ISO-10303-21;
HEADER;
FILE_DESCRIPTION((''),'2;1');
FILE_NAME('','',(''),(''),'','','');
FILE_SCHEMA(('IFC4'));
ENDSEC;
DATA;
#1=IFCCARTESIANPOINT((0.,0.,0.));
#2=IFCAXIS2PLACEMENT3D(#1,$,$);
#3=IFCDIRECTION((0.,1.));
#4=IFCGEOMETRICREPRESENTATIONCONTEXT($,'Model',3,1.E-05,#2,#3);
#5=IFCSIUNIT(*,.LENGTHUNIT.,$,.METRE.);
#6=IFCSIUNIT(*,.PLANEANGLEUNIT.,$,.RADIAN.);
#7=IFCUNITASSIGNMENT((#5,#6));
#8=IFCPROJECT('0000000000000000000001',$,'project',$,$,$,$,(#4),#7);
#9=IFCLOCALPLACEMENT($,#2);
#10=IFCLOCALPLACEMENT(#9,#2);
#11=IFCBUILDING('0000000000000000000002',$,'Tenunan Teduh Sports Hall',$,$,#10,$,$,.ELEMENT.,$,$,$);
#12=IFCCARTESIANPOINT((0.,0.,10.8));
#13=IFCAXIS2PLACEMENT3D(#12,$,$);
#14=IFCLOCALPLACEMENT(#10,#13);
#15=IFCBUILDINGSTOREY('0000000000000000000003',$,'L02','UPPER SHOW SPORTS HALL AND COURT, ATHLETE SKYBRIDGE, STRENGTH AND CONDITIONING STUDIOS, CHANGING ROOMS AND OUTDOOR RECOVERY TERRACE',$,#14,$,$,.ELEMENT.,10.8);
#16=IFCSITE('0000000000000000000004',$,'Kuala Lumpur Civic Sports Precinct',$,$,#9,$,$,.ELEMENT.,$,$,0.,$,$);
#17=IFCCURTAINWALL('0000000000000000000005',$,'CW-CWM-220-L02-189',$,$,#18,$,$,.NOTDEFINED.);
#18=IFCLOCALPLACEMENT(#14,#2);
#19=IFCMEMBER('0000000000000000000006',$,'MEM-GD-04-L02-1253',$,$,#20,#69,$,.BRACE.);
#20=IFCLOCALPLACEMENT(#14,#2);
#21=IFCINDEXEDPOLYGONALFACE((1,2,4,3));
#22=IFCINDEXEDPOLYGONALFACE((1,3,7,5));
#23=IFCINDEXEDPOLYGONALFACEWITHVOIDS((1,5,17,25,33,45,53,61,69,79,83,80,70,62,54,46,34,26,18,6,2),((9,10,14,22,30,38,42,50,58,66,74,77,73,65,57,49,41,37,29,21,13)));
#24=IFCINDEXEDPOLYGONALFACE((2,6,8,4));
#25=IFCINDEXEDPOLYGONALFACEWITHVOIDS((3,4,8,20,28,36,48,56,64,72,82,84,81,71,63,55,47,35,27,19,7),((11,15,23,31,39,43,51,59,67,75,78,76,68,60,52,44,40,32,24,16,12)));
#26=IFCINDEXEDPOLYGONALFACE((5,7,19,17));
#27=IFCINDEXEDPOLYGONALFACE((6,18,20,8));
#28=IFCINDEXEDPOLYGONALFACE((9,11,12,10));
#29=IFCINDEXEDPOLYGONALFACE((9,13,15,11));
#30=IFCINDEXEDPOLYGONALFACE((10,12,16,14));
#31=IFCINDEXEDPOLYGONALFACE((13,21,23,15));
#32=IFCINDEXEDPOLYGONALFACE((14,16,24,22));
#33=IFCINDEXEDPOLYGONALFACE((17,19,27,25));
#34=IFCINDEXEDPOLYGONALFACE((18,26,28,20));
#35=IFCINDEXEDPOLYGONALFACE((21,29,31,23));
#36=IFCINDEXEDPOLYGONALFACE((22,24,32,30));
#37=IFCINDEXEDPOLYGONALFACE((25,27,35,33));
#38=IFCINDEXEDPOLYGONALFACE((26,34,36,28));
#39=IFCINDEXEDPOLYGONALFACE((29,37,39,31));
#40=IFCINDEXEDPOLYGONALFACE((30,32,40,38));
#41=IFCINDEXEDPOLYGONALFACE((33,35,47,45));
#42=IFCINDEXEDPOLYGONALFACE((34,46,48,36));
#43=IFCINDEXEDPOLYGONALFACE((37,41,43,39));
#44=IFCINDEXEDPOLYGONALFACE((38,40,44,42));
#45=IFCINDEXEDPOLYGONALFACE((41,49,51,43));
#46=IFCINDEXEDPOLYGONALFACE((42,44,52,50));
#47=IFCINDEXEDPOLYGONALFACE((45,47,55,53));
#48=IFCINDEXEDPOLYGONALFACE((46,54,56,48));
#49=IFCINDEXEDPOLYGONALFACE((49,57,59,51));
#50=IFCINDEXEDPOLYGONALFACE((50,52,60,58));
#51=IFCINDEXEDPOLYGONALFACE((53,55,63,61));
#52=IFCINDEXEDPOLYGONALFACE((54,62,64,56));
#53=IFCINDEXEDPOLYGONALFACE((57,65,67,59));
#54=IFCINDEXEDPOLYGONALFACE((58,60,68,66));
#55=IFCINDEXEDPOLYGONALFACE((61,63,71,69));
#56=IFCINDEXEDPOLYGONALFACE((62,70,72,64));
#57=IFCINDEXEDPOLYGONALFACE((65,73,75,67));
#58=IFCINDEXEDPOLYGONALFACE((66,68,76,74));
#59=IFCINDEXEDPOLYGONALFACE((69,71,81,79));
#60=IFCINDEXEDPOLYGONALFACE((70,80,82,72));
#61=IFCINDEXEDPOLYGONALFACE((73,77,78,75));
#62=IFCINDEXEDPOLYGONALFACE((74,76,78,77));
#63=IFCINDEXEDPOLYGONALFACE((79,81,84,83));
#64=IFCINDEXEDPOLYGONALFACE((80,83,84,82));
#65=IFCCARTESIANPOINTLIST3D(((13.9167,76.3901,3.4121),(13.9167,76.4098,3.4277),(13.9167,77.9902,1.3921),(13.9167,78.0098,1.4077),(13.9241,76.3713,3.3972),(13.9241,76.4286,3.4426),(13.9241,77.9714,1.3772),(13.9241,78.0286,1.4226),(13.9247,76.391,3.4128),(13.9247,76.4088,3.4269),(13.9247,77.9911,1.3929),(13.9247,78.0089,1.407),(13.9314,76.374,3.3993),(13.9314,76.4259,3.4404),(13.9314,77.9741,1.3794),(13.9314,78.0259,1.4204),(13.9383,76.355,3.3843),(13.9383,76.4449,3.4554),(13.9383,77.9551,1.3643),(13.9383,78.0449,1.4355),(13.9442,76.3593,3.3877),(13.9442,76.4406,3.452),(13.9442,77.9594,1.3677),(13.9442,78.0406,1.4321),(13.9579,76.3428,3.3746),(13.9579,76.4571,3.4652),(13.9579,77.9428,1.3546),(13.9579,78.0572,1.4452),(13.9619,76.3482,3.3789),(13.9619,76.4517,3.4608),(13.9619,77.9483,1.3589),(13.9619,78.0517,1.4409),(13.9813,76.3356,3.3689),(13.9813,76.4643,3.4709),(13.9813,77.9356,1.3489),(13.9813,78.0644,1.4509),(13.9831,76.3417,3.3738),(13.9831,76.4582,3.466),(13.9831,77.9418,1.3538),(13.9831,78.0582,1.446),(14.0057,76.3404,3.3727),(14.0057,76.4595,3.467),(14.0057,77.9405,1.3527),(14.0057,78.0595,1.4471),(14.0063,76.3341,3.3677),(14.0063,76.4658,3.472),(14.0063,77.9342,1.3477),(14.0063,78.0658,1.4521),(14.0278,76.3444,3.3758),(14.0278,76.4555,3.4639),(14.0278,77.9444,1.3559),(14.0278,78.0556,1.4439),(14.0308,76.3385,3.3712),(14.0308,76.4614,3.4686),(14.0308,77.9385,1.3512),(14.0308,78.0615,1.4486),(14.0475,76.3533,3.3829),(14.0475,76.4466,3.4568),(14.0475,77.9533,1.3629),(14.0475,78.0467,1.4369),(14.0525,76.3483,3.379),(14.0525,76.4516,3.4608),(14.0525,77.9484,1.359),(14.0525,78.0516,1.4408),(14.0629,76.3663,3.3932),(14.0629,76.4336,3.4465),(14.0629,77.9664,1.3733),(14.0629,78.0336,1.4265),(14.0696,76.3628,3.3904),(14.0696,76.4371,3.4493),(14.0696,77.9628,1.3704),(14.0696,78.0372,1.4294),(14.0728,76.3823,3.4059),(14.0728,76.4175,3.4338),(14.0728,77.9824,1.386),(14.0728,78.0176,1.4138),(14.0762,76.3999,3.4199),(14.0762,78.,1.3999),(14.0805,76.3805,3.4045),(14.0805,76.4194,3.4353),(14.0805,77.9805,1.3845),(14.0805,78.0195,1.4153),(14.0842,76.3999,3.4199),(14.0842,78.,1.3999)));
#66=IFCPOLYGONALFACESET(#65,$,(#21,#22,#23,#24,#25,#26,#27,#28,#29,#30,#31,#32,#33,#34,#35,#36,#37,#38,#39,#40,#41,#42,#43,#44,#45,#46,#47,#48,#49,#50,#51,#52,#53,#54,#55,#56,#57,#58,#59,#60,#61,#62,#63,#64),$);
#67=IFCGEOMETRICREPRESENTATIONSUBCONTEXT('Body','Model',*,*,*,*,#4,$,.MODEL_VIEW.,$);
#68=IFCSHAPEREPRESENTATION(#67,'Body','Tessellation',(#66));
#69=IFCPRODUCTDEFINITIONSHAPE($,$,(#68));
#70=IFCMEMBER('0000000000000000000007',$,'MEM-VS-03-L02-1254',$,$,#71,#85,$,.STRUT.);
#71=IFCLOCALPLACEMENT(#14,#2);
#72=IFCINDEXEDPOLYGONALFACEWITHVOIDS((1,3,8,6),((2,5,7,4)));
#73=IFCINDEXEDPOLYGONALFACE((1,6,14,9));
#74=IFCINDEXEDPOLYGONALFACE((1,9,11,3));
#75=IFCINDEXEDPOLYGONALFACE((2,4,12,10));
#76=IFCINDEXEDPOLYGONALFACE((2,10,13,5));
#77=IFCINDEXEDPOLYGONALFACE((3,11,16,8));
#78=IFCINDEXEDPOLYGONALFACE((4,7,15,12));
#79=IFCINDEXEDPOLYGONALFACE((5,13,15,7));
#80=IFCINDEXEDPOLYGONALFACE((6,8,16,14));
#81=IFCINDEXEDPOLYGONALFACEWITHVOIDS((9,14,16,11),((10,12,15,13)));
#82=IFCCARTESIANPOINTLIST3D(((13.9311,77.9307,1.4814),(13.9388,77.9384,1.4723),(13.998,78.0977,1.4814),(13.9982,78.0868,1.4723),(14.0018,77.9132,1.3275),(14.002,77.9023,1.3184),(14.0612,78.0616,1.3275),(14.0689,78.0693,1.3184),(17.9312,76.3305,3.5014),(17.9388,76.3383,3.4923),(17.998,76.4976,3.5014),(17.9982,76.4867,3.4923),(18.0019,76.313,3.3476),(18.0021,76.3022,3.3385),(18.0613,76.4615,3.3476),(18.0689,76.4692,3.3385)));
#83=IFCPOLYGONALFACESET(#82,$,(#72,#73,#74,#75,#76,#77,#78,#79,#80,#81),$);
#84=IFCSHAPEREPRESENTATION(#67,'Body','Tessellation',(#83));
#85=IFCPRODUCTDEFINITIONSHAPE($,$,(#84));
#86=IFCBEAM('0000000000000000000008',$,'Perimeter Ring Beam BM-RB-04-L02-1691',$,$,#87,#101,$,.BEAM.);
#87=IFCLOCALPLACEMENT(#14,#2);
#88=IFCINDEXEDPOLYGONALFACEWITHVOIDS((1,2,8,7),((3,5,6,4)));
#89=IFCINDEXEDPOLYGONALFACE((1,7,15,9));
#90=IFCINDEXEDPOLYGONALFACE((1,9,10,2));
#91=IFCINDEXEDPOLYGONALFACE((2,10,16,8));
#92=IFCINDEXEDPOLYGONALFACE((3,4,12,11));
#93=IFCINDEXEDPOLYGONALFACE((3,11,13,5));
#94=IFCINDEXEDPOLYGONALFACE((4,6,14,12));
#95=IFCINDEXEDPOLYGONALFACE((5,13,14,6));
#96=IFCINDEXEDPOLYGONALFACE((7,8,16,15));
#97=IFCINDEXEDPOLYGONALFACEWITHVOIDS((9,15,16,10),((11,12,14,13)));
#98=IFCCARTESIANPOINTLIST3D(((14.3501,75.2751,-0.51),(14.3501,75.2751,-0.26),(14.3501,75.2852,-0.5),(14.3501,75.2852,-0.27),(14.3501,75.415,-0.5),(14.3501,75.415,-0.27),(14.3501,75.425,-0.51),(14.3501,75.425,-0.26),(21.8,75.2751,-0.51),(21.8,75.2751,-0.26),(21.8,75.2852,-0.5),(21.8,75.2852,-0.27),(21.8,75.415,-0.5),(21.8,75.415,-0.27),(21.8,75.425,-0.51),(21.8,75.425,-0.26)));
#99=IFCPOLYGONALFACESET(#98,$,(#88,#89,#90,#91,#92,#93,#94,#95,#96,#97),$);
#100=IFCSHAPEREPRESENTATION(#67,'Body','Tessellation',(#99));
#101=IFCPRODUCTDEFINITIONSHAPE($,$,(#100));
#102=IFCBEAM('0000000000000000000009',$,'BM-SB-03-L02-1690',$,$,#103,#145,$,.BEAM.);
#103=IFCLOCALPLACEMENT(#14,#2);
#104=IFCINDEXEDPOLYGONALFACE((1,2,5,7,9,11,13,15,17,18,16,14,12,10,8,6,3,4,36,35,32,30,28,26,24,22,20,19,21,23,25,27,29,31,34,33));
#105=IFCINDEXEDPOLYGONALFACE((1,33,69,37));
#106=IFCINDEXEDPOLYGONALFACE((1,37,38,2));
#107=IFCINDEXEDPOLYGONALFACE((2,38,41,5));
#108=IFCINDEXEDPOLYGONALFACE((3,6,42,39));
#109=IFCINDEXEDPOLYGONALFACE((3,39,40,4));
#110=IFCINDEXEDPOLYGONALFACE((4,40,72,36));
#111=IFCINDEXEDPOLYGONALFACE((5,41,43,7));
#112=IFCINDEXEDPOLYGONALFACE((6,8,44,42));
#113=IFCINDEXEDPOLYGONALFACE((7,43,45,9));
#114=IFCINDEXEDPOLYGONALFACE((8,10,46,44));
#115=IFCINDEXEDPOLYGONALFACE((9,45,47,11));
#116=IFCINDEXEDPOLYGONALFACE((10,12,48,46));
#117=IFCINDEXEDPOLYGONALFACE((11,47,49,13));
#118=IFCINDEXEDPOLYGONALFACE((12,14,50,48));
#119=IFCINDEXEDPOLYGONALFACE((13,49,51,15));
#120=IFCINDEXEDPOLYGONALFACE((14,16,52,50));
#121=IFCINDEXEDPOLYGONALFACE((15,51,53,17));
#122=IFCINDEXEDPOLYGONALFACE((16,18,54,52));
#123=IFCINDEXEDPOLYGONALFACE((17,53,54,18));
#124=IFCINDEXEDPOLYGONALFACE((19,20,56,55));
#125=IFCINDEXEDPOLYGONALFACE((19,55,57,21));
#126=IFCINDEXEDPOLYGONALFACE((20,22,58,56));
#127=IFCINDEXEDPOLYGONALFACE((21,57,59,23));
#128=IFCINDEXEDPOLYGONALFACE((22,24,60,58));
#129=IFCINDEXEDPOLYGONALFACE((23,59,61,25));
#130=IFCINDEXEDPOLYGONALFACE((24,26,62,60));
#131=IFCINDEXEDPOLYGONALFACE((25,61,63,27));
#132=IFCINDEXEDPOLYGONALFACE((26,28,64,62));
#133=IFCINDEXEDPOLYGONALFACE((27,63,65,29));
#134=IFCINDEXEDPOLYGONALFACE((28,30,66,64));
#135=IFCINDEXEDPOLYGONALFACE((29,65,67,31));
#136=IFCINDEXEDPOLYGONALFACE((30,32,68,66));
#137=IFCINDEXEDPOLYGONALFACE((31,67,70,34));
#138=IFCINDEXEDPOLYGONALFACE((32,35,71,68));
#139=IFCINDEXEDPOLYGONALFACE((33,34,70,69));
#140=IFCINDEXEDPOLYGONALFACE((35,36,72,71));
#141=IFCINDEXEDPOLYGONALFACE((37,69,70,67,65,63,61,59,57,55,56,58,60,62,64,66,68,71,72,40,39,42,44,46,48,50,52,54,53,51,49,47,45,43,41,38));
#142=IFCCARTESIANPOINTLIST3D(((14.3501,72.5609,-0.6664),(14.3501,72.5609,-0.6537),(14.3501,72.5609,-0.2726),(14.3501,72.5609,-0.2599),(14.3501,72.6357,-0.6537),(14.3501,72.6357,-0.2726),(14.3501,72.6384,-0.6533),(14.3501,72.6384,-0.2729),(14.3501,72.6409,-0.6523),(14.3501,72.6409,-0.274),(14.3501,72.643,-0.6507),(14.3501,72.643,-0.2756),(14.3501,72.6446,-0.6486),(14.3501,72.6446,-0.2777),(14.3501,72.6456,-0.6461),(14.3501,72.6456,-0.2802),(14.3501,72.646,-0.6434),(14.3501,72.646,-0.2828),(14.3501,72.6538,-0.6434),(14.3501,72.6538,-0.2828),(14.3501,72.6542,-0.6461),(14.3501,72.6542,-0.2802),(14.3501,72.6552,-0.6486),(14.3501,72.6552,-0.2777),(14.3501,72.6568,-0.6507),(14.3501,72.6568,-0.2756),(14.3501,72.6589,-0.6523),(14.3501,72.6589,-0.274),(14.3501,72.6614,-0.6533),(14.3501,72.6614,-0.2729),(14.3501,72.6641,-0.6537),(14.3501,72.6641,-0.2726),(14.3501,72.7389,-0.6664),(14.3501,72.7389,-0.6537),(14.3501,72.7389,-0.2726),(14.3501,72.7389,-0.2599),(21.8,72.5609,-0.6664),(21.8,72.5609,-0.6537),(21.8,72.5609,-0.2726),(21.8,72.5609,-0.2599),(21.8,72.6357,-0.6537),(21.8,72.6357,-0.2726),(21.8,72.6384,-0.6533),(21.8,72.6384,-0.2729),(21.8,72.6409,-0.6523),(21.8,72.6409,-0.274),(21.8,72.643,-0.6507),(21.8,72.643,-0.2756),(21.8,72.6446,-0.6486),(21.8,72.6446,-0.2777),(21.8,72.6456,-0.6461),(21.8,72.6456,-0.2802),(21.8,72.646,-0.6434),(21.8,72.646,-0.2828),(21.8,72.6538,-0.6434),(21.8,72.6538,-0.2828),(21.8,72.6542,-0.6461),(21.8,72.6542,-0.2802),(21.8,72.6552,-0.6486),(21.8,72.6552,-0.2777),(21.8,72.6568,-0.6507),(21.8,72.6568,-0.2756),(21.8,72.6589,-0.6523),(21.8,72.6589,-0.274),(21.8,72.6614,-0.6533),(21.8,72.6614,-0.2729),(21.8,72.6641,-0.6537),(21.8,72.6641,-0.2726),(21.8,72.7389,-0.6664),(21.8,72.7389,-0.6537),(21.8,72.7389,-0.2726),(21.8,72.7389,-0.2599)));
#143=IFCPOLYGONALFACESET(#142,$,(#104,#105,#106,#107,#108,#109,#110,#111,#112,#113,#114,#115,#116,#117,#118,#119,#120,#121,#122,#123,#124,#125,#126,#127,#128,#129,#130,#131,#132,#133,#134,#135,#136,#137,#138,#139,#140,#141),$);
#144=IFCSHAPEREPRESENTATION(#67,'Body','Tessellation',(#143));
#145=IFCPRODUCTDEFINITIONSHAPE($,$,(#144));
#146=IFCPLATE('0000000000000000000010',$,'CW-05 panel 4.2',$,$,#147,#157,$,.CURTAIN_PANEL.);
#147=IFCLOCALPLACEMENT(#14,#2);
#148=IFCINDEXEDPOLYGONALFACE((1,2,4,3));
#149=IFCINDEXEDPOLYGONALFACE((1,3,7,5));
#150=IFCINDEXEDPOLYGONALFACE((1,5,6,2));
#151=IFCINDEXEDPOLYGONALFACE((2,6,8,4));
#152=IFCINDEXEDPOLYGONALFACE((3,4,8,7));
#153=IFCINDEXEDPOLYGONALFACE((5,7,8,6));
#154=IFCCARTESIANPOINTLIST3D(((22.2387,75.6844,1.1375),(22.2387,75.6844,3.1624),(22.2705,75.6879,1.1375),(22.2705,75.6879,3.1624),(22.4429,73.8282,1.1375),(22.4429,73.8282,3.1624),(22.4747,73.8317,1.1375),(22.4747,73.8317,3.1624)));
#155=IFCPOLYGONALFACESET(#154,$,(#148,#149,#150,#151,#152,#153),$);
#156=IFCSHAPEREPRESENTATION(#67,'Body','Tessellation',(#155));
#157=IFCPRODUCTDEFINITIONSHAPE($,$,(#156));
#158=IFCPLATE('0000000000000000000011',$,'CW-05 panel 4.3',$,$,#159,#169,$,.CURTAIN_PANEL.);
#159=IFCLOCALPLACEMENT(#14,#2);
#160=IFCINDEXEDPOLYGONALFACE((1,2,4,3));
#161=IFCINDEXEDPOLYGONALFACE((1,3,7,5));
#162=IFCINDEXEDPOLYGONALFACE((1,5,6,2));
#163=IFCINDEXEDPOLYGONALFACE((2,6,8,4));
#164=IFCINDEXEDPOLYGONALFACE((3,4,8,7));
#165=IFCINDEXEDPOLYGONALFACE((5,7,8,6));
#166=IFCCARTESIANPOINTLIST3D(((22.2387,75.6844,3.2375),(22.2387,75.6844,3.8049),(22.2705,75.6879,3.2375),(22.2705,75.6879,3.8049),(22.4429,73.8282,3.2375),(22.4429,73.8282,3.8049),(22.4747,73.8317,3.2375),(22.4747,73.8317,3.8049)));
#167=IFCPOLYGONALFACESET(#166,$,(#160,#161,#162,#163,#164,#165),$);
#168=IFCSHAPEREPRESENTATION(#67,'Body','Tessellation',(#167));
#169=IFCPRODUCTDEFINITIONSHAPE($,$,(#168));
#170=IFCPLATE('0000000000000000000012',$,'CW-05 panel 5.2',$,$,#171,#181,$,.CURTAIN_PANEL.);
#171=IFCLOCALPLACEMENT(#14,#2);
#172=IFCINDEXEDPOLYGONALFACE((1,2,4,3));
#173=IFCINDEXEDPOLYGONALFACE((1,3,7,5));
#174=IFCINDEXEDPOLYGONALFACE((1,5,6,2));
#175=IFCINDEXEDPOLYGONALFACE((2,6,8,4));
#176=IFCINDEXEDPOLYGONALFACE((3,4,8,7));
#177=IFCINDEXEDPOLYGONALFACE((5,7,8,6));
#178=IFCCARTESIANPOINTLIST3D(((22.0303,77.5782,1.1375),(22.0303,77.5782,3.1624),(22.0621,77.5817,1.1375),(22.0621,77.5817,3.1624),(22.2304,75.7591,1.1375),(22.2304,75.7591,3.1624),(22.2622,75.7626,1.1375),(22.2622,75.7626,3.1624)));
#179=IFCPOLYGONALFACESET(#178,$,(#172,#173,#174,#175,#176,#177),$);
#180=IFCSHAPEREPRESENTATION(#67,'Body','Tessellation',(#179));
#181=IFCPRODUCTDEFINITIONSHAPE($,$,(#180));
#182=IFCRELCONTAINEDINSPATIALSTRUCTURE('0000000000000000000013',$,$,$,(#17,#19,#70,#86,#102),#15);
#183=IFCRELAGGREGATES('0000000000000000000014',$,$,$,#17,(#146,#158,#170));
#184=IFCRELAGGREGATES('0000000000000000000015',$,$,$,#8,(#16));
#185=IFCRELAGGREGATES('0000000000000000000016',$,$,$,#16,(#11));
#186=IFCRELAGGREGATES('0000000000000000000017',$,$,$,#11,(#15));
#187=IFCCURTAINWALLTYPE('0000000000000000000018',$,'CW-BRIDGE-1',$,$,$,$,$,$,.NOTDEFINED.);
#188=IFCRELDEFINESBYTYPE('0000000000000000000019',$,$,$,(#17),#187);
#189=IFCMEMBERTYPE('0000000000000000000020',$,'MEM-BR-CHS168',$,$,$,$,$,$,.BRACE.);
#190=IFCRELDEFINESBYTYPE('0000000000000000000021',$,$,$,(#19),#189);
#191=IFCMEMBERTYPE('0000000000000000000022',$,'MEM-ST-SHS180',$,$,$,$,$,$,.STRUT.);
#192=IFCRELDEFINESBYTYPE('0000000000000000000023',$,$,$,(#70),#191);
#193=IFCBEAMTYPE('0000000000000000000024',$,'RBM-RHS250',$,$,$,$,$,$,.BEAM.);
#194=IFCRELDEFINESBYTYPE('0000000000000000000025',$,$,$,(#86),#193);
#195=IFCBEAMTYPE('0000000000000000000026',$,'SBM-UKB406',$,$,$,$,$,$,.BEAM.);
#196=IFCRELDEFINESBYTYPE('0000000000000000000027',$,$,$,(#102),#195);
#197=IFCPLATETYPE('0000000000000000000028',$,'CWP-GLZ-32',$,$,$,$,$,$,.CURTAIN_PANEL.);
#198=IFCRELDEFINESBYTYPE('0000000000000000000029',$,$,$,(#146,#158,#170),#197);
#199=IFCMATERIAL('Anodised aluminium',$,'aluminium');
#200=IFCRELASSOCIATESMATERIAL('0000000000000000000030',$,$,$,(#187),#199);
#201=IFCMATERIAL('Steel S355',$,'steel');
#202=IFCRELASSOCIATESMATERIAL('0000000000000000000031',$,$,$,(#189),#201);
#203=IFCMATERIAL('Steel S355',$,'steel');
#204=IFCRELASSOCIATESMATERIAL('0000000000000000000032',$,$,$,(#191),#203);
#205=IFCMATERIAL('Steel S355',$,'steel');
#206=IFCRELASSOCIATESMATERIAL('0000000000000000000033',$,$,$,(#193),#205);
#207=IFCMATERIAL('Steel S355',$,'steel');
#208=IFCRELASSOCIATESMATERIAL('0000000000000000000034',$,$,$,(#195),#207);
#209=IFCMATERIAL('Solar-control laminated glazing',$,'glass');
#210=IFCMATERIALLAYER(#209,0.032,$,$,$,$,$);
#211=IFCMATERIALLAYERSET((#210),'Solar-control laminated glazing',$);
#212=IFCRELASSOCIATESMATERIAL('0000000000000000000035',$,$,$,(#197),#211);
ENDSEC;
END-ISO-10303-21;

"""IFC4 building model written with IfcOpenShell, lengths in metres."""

from ifc_helpers import new_model, si_unit, direction, frame, origin, origin_2d, place, context, subcontext, project, spatial, rectangle, hollow_rectangle, hollow_circle, i_section, extrude, material, layer, layer_set, material_profile, profile_set, type_object, element, aggregate, save


model = new_model("IFC4")

# Units and contexts
model_context = context("Model", 3, precision=1e-05, world=origin(), true_north=direction((0.0, 1.0)))
body_context = subcontext(model_context, "Body", "Model", "MODEL_VIEW")
ifc_project = project(units=[si_unit("LENGTHUNIT", "METRE"), si_unit("PLANEANGLEUNIT", "RADIAN")], contexts=[model_context])

# Site, building, storey
site_placement = place(None, origin())
site = spatial("IfcSite", under=ifc_project, at=site_placement, Name="Kuala Lumpur Civic Sports Precinct", CompositionType="ELEMENT", RefElevation=0.0)
building_placement = place(site_placement, origin())
building = spatial("IfcBuilding", under=site, at=building_placement, Name="Tenunan Teduh Sports Hall", CompositionType="ELEMENT")
storey_placement = place(building_placement, frame((0.0, 0.0, 10.8)))
storey = spatial("IfcBuildingStorey", under=building, at=storey_placement, Name="L02", Description="UPPER SHOW SPORTS HALL AND COURT, ATHLETE SKYBRIDGE, STRENGTH AND CONDITIONING STUDIOS, CHANGING ROOMS AND OUTDOOR RECOVERY TERRACE", CompositionType="ELEMENT", Elevation=10.8)

# Curtain wall
ifc_material_1 = material(Name="Anodised aluminium", Category="aluminium")
curtain_wall_type = type_object("IfcCurtainWallType", Name="CW-BRIDGE-1", PredefinedType="NOTDEFINED", material=ifc_material_1)
curtain_wall_placement = place(storey_placement, origin())
curtain_wall = element("IfcCurtainWall", 1, at=curtain_wall_placement, inside=storey, type_object=curtain_wall_type, Name="CW-CWM-220-L02-189", PredefinedType="NOTDEFINED")

# Members
ifc_material_2 = material(Name="Steel S355", Category="steel")
ifc_material_profile_1 = material_profile(ifc_material_2, hollow_circle(Radius=0.0842, WallThickness=0.0081, at=origin_2d()), Name="CHS 168.3x8.0")
ifc_profile_set_1 = profile_set([ifc_material_profile_1], Name="Steel S355")
member_type_1 = type_object("IfcMemberType", Name="MEM-BR-CHS168", PredefinedType="BRACE", material=ifc_profile_set_1)
member_1_placement = place(storey_placement, frame((14.0, 78.0, 1.3999), z_axis=(0.0, -0.620921, 0.783873), x_axis=(1.0, 0.0, 0.0)))
element("IfcMember", 2, at=member_1_placement, inside=storey, type_object=member_type_1, Name="MEM-GD-04-L02-1253", PredefinedType="BRACE", context=body_context, shape_type="SweptSolid", body=[
    extrude(hollow_circle(Radius=0.0842, WallThickness=0.0081, at=origin_2d()), origin(), (0.0, 0.0, 1.0), 2.5769),
])
ifc_material_3 = material(Name="Steel S355", Category="steel")
ifc_material_profile_2 = material_profile(ifc_material_3, hollow_rectangle(XDim=0.1799, YDim=0.1799, WallThickness=0.01, at=origin_2d()), Name="SHS 180x180x10.0")
ifc_profile_set_2 = profile_set([ifc_material_profile_2], Name="Steel S355")
member_type_2 = type_object("IfcMemberType", Name="MEM-ST-SHS180", PredefinedType="STRUT", material=ifc_profile_set_2)
member_2_placement = place(storey_placement, frame((14.0, 78.0, 1.3999), z_axis=(0.840648, -0.33628, 0.424531), x_axis=(0.37141, 0.928469, 0.0)))
element("IfcMember", 3, at=member_2_placement, inside=storey, type_object=member_type_2, Name="MEM-VS-03-L02-1254", PredefinedType="STRUT", context=body_context, shape_type="SweptSolid", body=[
    extrude(hollow_rectangle(XDim=0.1799, YDim=0.1799, WallThickness=0.01, at=origin_2d()), origin(), (0.0, 0.0, 1.0), 4.7583),
])

# Beams
ifc_material_4 = material(Name="Steel S355", Category="steel")
ifc_material_profile_3 = material_profile(ifc_material_4, hollow_rectangle(XDim=0.1499, YDim=0.25, WallThickness=0.01, at=origin_2d()), Name="RHS 250x150x10.0")
ifc_profile_set_3 = profile_set([ifc_material_profile_3], Name="Steel S355")
beam_type_1 = type_object("IfcBeamType", Name="RBM-RHS250", PredefinedType="BEAM", material=ifc_profile_set_3)
beam_1_placement = place(storey_placement, frame((14.3501, 75.3501, -0.385), z_axis=(1.0, 0.0, 0.0), x_axis=(0.0, 1.0, 0.0)))
element("IfcBeam", 4, at=beam_1_placement, inside=storey, type_object=beam_type_1, Name="Perimeter Ring Beam BM-RB-04-L02-1691", PredefinedType="BEAM", context=body_context, shape_type="SweptSolid", body=[
    extrude(hollow_rectangle(XDim=0.1499, YDim=0.25, WallThickness=0.01, at=origin_2d()), origin(), (0.0, 0.0, 1.0), 7.45),
])
ifc_material_5 = material(Name="Steel S355", Category="steel")
ifc_material_profile_4 = material_profile(ifc_material_5, i_section(OverallWidth=0.178, OverallDepth=0.4065, WebThickness=0.0078, FlangeThickness=0.0127, FilletRadius=0.0103, at=origin_2d()), Name="UKB 406x178x60")
ifc_profile_set_4 = profile_set([ifc_material_profile_4], Name="Steel S355")
beam_type_2 = type_object("IfcBeamType", Name="SBM-UKB406", PredefinedType="BEAM", material=ifc_profile_set_4)
beam_2_placement = place(storey_placement, frame((14.3501, 72.6499, -0.4631), z_axis=(1.0, 0.0, 0.0), x_axis=(0.0, 1.0, 0.0)))
element("IfcBeam", 5, at=beam_2_placement, inside=storey, type_object=beam_type_2, Name="BM-SB-03-L02-1690", PredefinedType="BEAM", context=body_context, shape_type="SweptSolid", body=[
    extrude(i_section(OverallWidth=0.178, OverallDepth=0.4065, WebThickness=0.0078, FlangeThickness=0.0127, FilletRadius=0.0103, at=origin_2d()), origin(), (0.0, 0.0, 1.0), 7.45),
])

# Plates
ifc_material_6 = material(Name="Solar-control laminated glazing", Category="glass")
ifc_layer_1 = layer(ifc_material_6, 0.032)
ifc_layer_set_1 = layer_set([ifc_layer_1], Name="Solar-control laminated glazing")
plate_type_1 = type_object("IfcPlateType", Name="CWP-GLZ-32", PredefinedType="CURTAIN_PANEL", material=ifc_layer_set_1)
plate_1_placement = place(storey_placement, frame((22.3567, 74.7581, 1.1375), z_axis=(0.0, 0.0, 1.0), x_axis=(-0.109341, 0.994004, 0.0)))
plate_1 = element("IfcPlate", 6, at=plate_1_placement, type_object=plate_type_1, Name="CW-05 panel 4.2", PredefinedType="CURTAIN_PANEL", context=body_context, shape_type="SweptSolid", body=[
    extrude(rectangle(XDim=1.8674, YDim=0.032, at=origin_2d()), origin(), (0.0, 0.0, 1.0), 2.0249),
])
plate_2_placement = place(storey_placement, frame((22.3567, 74.7581, 3.2375), z_axis=(0.0, 0.0, 1.0), x_axis=(-0.109341, 0.994004, 0.0)))
plate_2 = element("IfcPlate", 7, at=plate_2_placement, type_object=plate_type_1, Name="CW-05 panel 4.3", PredefinedType="CURTAIN_PANEL", context=body_context, shape_type="SweptSolid", body=[
    extrude(rectangle(XDim=1.8674, YDim=0.032, at=origin_2d()), origin(), (0.0, 0.0, 1.0), 0.5674),
])
plate_3_placement = place(storey_placement, frame((22.1462, 76.6704, 1.1375), z_axis=(0.0, 0.0, 1.0), x_axis=(-0.109341, 0.994004, 0.0)))
plate_3 = element("IfcPlate", 8, at=plate_3_placement, type_object=plate_type_1, Name="CW-05 panel 5.2", PredefinedType="CURTAIN_PANEL", context=body_context, shape_type="SweptSolid", body=[
    extrude(rectangle(XDim=1.8301, YDim=0.032, at=origin_2d()), origin(), (0.0, 0.0, 1.0), 2.0249),
])
aggregate(curtain_wall, [plate_1, plate_2, plate_3])

save(model, "model.ifc")
